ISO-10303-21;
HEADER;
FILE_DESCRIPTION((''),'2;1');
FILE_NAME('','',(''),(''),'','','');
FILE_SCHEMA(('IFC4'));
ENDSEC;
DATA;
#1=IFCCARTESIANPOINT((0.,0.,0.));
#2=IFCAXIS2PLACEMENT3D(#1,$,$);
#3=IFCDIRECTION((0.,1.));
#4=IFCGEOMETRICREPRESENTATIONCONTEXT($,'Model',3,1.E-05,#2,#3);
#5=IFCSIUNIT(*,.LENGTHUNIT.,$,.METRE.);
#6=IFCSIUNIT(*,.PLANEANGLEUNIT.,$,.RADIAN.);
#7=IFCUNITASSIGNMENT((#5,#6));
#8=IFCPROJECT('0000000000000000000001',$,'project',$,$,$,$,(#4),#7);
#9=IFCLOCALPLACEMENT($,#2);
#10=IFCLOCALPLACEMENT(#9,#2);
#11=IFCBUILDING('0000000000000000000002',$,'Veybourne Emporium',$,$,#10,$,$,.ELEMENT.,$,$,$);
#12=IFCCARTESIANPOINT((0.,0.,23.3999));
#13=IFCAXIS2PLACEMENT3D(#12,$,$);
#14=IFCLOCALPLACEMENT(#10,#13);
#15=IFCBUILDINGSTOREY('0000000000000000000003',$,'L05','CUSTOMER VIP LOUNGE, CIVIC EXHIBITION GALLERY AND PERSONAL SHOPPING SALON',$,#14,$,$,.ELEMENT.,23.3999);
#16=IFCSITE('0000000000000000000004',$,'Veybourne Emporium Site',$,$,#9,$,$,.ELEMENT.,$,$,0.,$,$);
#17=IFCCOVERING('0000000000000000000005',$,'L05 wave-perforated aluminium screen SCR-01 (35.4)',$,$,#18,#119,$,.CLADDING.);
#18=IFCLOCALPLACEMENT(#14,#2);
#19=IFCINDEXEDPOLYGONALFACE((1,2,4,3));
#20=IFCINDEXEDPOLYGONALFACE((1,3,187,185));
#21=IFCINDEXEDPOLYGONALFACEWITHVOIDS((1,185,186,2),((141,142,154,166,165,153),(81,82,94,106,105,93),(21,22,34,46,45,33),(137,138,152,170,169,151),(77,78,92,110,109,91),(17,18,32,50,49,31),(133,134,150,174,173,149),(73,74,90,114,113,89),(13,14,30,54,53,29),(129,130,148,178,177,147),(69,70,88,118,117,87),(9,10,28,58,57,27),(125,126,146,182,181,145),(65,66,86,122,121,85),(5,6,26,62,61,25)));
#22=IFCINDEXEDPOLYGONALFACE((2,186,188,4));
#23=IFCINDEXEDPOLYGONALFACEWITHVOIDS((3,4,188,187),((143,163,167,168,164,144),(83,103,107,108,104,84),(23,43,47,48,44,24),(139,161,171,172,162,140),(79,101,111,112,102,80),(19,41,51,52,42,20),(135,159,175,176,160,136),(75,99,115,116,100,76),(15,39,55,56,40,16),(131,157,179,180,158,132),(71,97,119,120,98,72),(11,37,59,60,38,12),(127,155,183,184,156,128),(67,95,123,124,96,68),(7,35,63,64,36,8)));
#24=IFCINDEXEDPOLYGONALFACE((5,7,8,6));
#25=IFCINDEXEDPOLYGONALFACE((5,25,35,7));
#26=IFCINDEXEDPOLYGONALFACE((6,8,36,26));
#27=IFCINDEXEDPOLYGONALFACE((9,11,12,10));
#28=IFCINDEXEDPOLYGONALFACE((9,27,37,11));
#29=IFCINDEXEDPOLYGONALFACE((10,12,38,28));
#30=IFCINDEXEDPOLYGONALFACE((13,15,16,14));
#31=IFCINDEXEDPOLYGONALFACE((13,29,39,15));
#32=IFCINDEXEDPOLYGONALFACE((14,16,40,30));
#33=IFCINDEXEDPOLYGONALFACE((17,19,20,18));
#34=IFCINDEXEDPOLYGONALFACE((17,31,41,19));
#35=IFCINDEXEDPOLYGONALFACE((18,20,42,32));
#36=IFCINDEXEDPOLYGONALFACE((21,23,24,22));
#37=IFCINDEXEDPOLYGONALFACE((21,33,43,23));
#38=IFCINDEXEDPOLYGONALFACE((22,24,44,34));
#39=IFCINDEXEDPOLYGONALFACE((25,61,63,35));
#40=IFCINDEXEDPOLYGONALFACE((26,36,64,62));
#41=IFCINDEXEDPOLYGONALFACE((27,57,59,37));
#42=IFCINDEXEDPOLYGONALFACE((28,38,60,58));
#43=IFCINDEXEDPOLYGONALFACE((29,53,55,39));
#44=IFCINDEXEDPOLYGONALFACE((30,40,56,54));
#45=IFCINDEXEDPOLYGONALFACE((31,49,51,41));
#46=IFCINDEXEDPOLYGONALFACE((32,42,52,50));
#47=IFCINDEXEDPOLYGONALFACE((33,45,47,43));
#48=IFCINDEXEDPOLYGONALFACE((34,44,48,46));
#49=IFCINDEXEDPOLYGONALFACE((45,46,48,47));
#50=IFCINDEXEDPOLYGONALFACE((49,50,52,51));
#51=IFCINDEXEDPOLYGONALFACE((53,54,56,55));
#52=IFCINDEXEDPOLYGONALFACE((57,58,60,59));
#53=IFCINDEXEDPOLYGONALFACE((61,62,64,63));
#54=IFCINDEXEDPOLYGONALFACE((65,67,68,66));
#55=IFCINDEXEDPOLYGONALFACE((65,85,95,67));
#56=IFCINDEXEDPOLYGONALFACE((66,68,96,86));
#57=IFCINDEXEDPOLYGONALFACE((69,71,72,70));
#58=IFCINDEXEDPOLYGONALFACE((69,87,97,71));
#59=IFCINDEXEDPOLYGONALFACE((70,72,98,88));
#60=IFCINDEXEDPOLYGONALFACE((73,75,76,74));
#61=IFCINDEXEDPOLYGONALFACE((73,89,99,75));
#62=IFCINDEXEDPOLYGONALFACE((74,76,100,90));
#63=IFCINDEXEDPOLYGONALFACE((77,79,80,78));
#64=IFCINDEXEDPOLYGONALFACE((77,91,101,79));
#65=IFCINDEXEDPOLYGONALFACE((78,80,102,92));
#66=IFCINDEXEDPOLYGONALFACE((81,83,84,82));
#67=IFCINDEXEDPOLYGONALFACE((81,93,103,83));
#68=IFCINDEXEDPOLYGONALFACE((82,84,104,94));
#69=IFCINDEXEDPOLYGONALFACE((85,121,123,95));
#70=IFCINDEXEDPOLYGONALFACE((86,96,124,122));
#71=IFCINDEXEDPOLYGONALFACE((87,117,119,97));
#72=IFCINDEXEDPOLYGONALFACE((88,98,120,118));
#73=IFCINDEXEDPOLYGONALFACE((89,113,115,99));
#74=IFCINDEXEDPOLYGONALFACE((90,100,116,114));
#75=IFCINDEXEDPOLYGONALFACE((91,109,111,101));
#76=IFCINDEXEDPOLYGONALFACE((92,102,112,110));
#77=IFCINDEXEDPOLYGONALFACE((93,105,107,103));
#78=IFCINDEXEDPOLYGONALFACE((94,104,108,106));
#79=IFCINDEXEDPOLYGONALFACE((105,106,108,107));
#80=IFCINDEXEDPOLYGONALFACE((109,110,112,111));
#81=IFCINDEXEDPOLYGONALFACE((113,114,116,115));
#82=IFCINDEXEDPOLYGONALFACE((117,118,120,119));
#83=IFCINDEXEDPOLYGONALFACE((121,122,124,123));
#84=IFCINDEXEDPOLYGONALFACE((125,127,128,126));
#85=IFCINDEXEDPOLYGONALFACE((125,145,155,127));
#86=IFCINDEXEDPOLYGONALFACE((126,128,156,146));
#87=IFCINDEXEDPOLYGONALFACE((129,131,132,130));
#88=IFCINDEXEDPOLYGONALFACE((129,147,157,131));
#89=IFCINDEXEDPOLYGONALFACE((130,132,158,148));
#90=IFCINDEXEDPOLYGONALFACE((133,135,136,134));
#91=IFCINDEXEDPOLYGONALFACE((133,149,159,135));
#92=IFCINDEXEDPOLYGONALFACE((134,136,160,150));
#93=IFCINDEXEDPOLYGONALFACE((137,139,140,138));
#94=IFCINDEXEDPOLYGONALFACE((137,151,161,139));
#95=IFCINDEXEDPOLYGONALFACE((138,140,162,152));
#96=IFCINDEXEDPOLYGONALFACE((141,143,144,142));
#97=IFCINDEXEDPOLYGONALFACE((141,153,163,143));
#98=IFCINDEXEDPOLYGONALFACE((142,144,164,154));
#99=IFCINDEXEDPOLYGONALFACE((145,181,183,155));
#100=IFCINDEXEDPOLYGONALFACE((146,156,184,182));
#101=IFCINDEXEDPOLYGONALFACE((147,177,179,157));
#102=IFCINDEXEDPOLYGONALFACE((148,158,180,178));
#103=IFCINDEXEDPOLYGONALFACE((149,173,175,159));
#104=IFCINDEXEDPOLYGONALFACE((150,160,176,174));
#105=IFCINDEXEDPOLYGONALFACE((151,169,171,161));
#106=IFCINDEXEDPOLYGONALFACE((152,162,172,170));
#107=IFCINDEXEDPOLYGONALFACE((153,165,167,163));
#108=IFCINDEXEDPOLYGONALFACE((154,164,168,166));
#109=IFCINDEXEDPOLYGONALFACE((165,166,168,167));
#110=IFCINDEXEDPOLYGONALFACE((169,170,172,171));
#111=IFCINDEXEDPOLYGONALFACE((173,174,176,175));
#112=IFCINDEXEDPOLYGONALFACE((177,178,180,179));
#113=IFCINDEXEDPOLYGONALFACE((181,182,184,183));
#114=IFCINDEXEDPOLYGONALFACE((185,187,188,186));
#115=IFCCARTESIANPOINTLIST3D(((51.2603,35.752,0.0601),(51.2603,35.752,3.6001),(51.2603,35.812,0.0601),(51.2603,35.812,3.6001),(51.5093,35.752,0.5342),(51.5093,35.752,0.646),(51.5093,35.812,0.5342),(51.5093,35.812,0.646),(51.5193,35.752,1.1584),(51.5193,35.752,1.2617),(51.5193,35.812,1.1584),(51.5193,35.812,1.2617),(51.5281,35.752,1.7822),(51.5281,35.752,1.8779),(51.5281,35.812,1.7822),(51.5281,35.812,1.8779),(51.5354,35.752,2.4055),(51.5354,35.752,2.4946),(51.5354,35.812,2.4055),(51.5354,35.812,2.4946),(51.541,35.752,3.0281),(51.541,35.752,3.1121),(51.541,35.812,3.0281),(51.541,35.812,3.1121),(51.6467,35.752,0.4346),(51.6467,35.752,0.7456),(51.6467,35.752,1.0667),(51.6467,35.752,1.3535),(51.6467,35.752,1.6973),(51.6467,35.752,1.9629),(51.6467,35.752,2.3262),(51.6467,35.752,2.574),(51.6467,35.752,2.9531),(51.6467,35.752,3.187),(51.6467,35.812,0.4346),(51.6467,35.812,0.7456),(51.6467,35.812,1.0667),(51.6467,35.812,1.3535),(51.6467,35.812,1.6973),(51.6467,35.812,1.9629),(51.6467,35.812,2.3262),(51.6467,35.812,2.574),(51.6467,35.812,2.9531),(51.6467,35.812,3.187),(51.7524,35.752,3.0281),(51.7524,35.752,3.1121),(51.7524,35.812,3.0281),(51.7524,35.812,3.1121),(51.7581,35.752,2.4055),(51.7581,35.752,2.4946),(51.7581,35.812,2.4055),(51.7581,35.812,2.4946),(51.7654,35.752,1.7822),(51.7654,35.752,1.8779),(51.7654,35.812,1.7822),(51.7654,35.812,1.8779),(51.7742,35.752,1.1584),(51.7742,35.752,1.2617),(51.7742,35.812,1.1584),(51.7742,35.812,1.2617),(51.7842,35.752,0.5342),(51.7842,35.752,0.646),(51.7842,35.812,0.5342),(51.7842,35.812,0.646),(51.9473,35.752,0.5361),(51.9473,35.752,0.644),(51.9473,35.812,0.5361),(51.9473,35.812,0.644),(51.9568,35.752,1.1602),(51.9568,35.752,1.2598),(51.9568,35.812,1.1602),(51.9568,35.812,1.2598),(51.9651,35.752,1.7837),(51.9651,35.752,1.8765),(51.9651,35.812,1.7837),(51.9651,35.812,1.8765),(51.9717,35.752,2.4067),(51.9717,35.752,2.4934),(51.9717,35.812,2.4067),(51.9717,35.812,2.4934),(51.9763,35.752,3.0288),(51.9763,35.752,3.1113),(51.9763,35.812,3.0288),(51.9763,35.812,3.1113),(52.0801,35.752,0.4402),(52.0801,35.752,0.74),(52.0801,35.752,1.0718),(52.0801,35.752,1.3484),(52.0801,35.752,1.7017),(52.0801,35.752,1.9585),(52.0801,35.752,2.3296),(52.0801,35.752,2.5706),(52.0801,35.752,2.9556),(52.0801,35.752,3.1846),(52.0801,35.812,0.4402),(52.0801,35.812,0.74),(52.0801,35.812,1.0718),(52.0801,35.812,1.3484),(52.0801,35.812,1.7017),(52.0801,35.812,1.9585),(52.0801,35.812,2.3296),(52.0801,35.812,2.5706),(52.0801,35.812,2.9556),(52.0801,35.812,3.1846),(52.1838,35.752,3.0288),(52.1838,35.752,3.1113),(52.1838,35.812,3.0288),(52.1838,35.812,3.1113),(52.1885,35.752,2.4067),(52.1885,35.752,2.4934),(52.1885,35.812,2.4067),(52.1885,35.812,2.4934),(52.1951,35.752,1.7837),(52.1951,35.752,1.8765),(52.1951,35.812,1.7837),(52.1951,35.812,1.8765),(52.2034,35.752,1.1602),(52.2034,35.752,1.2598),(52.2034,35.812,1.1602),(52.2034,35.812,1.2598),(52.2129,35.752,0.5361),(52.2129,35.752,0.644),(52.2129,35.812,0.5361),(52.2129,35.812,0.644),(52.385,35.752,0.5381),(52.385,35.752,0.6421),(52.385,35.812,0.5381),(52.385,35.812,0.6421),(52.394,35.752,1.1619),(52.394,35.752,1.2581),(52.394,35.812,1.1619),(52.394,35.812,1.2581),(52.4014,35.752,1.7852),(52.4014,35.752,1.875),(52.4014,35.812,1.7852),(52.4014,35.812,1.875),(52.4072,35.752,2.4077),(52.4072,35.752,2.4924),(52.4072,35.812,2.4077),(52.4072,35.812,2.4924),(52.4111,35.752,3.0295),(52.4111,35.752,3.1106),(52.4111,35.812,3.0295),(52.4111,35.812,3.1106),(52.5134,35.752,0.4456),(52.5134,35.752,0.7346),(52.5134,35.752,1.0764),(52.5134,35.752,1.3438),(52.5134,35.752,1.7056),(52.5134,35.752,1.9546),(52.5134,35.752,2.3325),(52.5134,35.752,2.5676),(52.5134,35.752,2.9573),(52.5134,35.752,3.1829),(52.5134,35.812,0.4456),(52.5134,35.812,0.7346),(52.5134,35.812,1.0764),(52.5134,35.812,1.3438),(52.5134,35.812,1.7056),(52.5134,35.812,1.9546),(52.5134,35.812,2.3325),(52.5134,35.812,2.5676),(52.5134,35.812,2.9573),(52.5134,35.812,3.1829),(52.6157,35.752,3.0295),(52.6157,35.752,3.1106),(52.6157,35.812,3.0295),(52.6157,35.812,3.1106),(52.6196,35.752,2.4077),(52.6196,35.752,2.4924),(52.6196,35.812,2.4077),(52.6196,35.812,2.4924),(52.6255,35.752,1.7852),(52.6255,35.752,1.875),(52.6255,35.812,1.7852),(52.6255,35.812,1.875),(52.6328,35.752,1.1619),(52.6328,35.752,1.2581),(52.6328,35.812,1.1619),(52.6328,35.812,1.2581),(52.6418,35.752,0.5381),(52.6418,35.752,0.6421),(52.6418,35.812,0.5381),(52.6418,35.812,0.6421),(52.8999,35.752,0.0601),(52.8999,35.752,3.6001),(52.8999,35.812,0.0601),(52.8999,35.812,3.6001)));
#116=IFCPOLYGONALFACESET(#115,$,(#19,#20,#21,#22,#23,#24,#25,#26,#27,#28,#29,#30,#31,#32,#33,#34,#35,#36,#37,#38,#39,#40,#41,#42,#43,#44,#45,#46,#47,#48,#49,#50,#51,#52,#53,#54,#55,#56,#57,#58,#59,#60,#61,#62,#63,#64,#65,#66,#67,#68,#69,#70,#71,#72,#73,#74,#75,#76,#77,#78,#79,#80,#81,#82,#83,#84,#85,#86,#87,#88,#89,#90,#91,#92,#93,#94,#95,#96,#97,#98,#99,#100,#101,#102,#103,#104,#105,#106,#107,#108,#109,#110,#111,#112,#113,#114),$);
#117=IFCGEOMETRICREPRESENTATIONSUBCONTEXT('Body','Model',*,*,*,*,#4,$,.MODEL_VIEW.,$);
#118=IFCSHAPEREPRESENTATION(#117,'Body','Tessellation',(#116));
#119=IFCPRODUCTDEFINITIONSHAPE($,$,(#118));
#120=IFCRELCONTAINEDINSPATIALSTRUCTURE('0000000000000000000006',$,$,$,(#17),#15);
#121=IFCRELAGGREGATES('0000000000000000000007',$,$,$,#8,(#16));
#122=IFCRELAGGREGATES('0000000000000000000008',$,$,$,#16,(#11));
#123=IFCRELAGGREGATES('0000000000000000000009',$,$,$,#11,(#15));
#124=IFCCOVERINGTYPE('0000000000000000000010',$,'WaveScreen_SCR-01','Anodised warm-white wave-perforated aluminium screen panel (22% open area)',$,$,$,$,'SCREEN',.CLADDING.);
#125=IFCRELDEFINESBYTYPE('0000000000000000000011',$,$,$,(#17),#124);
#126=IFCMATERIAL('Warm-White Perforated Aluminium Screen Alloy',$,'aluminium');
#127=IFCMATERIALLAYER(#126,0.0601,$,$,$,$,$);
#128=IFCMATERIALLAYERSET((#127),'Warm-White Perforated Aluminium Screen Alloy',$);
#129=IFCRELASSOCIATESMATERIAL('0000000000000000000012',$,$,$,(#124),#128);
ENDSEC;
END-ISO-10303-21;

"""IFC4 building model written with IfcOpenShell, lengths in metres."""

from ifc_helpers import new_model, si_unit, direction, frame, origin, place, context, subcontext, project, spatial, polyline, outline, extrude, material, layer, layer_set, type_object, element, save


model = new_model("IFC4")

# Units and contexts
model_context = context("Model", 3, precision=1e-05, world=origin(), true_north=direction((0.0, 1.0)))
body_context = subcontext(model_context, "Body", "Model", "MODEL_VIEW")
ifc_project = project(units=[si_unit("LENGTHUNIT", "METRE"), si_unit("PLANEANGLEUNIT", "RADIAN")], contexts=[model_context])

# Site, building, storey
site_placement = place(None, origin())
site = spatial("IfcSite", under=ifc_project, at=site_placement, Name="Veybourne Emporium Site", CompositionType="ELEMENT", RefElevation=0.0)
building_placement = place(site_placement, origin())
building = spatial("IfcBuilding", under=site, at=building_placement, Name="Veybourne Emporium", CompositionType="ELEMENT")
storey_placement = place(building_placement, frame((0.0, 0.0, 23.3999)))
storey = spatial("IfcBuildingStorey", under=building, at=storey_placement, Name="L05", Description="CUSTOMER VIP LOUNGE, CIVIC EXHIBITION GALLERY AND PERSONAL SHOPPING SALON", CompositionType="ELEMENT", Elevation=23.3999)

# Covering
ifc_material_1 = material(Name="Warm-White Perforated Aluminium Screen Alloy", Category="aluminium")
ifc_layer_1 = layer(ifc_material_1, 0.0601)
ifc_layer_set_1 = layer_set([ifc_layer_1], Name="Warm-White Perforated Aluminium Screen Alloy")
covering_type_1 = type_object("IfcCoveringType", Name="WaveScreen_SCR-01", Description="Anodised warm-white wave-perforated aluminium screen panel (22% open area)", ElementType="SCREEN", PredefinedType="CLADDING", material=ifc_layer_set_1)
covering_1_placement = place(storey_placement, frame((52.0801, 35.752, 1.8301), z_axis=(0.0, 1.0, 0.0), x_axis=(-1.0, 0.0, 0.0)))
element("IfcCovering", 1, at=covering_1_placement, inside=storey, type_object=covering_type_1, Name="L05 wave-perforated aluminium screen SCR-01 (35.4)", PredefinedType="CLADDING", context=body_context, shape_type="SweptSolid", body=[
    extrude(outline(polyline([(-0.8198, -1.77), (0.8198, -1.77), (0.8198, 1.77), (-0.8198, 1.77), (-0.8198, -1.77)]), holes=[polyline([(-0.4333, -1.0955), (-0.3049, -1.188), (-0.3049, -1.292), (-0.4333, -1.3845), (-0.5618, -1.292), (-0.5618, -1.188), (-0.4333, -1.0955)]), polyline([(-0.4333, -0.4863), (-0.314, -0.572), (-0.314, -0.6682), (-0.4333, -0.7537), (-0.5527, -0.6682), (-0.5527, -0.572), (-0.4333, -0.4863)]), polyline([(-0.4333, 0.1245), (-0.3213, 0.0449), (-0.3213, -0.0449), (-0.4333, -0.1245), (-0.5454, -0.0449), (-0.5454, 0.0449), (-0.4333, 0.1245)]), polyline([(-0.4333, 0.7375), (-0.3271, 0.6624), (-0.3271, 0.5776), (-0.4333, 0.5024), (-0.5396, 0.5776), (-0.5396, 0.6624), (-0.4333, 0.7375)]), polyline([(-0.4333, 1.3528), (-0.3311, 1.2805), (-0.3311, 1.1995), (-0.4333, 1.1272), (-0.5356, 1.1995), (-0.5356, 1.2805), (-0.4333, 1.3528)]), polyline([(0.0, -1.0901), (0.1328, -1.186), (0.1328, -1.2939), (0.0, -1.3899), (-0.1328, -1.2939), (-0.1328, -1.186), (0.0, -1.0901)]), polyline([(0.0, -0.4817), (0.1233, -0.5703), (0.1233, -0.6699), (0.0, -0.7583), (-0.1233, -0.6699), (-0.1233, -0.5703), (0.0, -0.4817)]), polyline([(0.0, 0.1284), (0.115, 0.0464), (0.115, -0.0464), (0.0, -0.1284), (-0.115, -0.0464), (-0.115, 0.0464), (0.0, 0.1284)]), polyline([(0.0, 0.7405), (0.1084, 0.6633), (0.1084, 0.5767), (0.0, 0.4995), (-0.1084, 0.5767), (-0.1084, 0.6633), (0.0, 0.7405)]), polyline([(0.0, 1.3545), (0.1038, 1.2812), (0.1038, 1.1987), (0.0, 1.1255), (-0.1038, 1.1987), (-0.1038, 1.2812), (0.0, 1.3545)]), polyline([(0.4333, -1.0845), (0.5708, -1.1841), (0.5708, -1.2959), (0.4333, -1.3955), (0.2959, -1.2959), (0.2959, -1.1841), (0.4333, -1.0845)]), polyline([(0.4333, -0.4766), (0.5608, -0.5684), (0.5608, -0.6716), (0.4333, -0.7634), (0.3059, -0.6716), (0.3059, -0.5684), (0.4333, -0.4766)]), polyline([(0.4333, 0.1328), (0.552, 0.0479), (0.552, -0.0479), (0.4333, -0.1328), (0.3147, -0.0479), (0.3147, 0.0479), (0.4333, 0.1328)]), polyline([(0.4333, 0.7439), (0.5447, 0.6646), (0.5447, 0.5754), (0.4333, 0.4961), (0.322, 0.5754), (0.322, 0.6646), (0.4333, 0.7439)]), polyline([(0.4333, 1.3569), (0.5391, 1.282), (0.5391, 1.198), (0.4333, 1.123), (0.3276, 1.198), (0.3276, 1.282), (0.4333, 1.3569)])]), origin(), (0.0, 0.0, 1.0), 0.0601),
])

save(model, "model.ifc")
